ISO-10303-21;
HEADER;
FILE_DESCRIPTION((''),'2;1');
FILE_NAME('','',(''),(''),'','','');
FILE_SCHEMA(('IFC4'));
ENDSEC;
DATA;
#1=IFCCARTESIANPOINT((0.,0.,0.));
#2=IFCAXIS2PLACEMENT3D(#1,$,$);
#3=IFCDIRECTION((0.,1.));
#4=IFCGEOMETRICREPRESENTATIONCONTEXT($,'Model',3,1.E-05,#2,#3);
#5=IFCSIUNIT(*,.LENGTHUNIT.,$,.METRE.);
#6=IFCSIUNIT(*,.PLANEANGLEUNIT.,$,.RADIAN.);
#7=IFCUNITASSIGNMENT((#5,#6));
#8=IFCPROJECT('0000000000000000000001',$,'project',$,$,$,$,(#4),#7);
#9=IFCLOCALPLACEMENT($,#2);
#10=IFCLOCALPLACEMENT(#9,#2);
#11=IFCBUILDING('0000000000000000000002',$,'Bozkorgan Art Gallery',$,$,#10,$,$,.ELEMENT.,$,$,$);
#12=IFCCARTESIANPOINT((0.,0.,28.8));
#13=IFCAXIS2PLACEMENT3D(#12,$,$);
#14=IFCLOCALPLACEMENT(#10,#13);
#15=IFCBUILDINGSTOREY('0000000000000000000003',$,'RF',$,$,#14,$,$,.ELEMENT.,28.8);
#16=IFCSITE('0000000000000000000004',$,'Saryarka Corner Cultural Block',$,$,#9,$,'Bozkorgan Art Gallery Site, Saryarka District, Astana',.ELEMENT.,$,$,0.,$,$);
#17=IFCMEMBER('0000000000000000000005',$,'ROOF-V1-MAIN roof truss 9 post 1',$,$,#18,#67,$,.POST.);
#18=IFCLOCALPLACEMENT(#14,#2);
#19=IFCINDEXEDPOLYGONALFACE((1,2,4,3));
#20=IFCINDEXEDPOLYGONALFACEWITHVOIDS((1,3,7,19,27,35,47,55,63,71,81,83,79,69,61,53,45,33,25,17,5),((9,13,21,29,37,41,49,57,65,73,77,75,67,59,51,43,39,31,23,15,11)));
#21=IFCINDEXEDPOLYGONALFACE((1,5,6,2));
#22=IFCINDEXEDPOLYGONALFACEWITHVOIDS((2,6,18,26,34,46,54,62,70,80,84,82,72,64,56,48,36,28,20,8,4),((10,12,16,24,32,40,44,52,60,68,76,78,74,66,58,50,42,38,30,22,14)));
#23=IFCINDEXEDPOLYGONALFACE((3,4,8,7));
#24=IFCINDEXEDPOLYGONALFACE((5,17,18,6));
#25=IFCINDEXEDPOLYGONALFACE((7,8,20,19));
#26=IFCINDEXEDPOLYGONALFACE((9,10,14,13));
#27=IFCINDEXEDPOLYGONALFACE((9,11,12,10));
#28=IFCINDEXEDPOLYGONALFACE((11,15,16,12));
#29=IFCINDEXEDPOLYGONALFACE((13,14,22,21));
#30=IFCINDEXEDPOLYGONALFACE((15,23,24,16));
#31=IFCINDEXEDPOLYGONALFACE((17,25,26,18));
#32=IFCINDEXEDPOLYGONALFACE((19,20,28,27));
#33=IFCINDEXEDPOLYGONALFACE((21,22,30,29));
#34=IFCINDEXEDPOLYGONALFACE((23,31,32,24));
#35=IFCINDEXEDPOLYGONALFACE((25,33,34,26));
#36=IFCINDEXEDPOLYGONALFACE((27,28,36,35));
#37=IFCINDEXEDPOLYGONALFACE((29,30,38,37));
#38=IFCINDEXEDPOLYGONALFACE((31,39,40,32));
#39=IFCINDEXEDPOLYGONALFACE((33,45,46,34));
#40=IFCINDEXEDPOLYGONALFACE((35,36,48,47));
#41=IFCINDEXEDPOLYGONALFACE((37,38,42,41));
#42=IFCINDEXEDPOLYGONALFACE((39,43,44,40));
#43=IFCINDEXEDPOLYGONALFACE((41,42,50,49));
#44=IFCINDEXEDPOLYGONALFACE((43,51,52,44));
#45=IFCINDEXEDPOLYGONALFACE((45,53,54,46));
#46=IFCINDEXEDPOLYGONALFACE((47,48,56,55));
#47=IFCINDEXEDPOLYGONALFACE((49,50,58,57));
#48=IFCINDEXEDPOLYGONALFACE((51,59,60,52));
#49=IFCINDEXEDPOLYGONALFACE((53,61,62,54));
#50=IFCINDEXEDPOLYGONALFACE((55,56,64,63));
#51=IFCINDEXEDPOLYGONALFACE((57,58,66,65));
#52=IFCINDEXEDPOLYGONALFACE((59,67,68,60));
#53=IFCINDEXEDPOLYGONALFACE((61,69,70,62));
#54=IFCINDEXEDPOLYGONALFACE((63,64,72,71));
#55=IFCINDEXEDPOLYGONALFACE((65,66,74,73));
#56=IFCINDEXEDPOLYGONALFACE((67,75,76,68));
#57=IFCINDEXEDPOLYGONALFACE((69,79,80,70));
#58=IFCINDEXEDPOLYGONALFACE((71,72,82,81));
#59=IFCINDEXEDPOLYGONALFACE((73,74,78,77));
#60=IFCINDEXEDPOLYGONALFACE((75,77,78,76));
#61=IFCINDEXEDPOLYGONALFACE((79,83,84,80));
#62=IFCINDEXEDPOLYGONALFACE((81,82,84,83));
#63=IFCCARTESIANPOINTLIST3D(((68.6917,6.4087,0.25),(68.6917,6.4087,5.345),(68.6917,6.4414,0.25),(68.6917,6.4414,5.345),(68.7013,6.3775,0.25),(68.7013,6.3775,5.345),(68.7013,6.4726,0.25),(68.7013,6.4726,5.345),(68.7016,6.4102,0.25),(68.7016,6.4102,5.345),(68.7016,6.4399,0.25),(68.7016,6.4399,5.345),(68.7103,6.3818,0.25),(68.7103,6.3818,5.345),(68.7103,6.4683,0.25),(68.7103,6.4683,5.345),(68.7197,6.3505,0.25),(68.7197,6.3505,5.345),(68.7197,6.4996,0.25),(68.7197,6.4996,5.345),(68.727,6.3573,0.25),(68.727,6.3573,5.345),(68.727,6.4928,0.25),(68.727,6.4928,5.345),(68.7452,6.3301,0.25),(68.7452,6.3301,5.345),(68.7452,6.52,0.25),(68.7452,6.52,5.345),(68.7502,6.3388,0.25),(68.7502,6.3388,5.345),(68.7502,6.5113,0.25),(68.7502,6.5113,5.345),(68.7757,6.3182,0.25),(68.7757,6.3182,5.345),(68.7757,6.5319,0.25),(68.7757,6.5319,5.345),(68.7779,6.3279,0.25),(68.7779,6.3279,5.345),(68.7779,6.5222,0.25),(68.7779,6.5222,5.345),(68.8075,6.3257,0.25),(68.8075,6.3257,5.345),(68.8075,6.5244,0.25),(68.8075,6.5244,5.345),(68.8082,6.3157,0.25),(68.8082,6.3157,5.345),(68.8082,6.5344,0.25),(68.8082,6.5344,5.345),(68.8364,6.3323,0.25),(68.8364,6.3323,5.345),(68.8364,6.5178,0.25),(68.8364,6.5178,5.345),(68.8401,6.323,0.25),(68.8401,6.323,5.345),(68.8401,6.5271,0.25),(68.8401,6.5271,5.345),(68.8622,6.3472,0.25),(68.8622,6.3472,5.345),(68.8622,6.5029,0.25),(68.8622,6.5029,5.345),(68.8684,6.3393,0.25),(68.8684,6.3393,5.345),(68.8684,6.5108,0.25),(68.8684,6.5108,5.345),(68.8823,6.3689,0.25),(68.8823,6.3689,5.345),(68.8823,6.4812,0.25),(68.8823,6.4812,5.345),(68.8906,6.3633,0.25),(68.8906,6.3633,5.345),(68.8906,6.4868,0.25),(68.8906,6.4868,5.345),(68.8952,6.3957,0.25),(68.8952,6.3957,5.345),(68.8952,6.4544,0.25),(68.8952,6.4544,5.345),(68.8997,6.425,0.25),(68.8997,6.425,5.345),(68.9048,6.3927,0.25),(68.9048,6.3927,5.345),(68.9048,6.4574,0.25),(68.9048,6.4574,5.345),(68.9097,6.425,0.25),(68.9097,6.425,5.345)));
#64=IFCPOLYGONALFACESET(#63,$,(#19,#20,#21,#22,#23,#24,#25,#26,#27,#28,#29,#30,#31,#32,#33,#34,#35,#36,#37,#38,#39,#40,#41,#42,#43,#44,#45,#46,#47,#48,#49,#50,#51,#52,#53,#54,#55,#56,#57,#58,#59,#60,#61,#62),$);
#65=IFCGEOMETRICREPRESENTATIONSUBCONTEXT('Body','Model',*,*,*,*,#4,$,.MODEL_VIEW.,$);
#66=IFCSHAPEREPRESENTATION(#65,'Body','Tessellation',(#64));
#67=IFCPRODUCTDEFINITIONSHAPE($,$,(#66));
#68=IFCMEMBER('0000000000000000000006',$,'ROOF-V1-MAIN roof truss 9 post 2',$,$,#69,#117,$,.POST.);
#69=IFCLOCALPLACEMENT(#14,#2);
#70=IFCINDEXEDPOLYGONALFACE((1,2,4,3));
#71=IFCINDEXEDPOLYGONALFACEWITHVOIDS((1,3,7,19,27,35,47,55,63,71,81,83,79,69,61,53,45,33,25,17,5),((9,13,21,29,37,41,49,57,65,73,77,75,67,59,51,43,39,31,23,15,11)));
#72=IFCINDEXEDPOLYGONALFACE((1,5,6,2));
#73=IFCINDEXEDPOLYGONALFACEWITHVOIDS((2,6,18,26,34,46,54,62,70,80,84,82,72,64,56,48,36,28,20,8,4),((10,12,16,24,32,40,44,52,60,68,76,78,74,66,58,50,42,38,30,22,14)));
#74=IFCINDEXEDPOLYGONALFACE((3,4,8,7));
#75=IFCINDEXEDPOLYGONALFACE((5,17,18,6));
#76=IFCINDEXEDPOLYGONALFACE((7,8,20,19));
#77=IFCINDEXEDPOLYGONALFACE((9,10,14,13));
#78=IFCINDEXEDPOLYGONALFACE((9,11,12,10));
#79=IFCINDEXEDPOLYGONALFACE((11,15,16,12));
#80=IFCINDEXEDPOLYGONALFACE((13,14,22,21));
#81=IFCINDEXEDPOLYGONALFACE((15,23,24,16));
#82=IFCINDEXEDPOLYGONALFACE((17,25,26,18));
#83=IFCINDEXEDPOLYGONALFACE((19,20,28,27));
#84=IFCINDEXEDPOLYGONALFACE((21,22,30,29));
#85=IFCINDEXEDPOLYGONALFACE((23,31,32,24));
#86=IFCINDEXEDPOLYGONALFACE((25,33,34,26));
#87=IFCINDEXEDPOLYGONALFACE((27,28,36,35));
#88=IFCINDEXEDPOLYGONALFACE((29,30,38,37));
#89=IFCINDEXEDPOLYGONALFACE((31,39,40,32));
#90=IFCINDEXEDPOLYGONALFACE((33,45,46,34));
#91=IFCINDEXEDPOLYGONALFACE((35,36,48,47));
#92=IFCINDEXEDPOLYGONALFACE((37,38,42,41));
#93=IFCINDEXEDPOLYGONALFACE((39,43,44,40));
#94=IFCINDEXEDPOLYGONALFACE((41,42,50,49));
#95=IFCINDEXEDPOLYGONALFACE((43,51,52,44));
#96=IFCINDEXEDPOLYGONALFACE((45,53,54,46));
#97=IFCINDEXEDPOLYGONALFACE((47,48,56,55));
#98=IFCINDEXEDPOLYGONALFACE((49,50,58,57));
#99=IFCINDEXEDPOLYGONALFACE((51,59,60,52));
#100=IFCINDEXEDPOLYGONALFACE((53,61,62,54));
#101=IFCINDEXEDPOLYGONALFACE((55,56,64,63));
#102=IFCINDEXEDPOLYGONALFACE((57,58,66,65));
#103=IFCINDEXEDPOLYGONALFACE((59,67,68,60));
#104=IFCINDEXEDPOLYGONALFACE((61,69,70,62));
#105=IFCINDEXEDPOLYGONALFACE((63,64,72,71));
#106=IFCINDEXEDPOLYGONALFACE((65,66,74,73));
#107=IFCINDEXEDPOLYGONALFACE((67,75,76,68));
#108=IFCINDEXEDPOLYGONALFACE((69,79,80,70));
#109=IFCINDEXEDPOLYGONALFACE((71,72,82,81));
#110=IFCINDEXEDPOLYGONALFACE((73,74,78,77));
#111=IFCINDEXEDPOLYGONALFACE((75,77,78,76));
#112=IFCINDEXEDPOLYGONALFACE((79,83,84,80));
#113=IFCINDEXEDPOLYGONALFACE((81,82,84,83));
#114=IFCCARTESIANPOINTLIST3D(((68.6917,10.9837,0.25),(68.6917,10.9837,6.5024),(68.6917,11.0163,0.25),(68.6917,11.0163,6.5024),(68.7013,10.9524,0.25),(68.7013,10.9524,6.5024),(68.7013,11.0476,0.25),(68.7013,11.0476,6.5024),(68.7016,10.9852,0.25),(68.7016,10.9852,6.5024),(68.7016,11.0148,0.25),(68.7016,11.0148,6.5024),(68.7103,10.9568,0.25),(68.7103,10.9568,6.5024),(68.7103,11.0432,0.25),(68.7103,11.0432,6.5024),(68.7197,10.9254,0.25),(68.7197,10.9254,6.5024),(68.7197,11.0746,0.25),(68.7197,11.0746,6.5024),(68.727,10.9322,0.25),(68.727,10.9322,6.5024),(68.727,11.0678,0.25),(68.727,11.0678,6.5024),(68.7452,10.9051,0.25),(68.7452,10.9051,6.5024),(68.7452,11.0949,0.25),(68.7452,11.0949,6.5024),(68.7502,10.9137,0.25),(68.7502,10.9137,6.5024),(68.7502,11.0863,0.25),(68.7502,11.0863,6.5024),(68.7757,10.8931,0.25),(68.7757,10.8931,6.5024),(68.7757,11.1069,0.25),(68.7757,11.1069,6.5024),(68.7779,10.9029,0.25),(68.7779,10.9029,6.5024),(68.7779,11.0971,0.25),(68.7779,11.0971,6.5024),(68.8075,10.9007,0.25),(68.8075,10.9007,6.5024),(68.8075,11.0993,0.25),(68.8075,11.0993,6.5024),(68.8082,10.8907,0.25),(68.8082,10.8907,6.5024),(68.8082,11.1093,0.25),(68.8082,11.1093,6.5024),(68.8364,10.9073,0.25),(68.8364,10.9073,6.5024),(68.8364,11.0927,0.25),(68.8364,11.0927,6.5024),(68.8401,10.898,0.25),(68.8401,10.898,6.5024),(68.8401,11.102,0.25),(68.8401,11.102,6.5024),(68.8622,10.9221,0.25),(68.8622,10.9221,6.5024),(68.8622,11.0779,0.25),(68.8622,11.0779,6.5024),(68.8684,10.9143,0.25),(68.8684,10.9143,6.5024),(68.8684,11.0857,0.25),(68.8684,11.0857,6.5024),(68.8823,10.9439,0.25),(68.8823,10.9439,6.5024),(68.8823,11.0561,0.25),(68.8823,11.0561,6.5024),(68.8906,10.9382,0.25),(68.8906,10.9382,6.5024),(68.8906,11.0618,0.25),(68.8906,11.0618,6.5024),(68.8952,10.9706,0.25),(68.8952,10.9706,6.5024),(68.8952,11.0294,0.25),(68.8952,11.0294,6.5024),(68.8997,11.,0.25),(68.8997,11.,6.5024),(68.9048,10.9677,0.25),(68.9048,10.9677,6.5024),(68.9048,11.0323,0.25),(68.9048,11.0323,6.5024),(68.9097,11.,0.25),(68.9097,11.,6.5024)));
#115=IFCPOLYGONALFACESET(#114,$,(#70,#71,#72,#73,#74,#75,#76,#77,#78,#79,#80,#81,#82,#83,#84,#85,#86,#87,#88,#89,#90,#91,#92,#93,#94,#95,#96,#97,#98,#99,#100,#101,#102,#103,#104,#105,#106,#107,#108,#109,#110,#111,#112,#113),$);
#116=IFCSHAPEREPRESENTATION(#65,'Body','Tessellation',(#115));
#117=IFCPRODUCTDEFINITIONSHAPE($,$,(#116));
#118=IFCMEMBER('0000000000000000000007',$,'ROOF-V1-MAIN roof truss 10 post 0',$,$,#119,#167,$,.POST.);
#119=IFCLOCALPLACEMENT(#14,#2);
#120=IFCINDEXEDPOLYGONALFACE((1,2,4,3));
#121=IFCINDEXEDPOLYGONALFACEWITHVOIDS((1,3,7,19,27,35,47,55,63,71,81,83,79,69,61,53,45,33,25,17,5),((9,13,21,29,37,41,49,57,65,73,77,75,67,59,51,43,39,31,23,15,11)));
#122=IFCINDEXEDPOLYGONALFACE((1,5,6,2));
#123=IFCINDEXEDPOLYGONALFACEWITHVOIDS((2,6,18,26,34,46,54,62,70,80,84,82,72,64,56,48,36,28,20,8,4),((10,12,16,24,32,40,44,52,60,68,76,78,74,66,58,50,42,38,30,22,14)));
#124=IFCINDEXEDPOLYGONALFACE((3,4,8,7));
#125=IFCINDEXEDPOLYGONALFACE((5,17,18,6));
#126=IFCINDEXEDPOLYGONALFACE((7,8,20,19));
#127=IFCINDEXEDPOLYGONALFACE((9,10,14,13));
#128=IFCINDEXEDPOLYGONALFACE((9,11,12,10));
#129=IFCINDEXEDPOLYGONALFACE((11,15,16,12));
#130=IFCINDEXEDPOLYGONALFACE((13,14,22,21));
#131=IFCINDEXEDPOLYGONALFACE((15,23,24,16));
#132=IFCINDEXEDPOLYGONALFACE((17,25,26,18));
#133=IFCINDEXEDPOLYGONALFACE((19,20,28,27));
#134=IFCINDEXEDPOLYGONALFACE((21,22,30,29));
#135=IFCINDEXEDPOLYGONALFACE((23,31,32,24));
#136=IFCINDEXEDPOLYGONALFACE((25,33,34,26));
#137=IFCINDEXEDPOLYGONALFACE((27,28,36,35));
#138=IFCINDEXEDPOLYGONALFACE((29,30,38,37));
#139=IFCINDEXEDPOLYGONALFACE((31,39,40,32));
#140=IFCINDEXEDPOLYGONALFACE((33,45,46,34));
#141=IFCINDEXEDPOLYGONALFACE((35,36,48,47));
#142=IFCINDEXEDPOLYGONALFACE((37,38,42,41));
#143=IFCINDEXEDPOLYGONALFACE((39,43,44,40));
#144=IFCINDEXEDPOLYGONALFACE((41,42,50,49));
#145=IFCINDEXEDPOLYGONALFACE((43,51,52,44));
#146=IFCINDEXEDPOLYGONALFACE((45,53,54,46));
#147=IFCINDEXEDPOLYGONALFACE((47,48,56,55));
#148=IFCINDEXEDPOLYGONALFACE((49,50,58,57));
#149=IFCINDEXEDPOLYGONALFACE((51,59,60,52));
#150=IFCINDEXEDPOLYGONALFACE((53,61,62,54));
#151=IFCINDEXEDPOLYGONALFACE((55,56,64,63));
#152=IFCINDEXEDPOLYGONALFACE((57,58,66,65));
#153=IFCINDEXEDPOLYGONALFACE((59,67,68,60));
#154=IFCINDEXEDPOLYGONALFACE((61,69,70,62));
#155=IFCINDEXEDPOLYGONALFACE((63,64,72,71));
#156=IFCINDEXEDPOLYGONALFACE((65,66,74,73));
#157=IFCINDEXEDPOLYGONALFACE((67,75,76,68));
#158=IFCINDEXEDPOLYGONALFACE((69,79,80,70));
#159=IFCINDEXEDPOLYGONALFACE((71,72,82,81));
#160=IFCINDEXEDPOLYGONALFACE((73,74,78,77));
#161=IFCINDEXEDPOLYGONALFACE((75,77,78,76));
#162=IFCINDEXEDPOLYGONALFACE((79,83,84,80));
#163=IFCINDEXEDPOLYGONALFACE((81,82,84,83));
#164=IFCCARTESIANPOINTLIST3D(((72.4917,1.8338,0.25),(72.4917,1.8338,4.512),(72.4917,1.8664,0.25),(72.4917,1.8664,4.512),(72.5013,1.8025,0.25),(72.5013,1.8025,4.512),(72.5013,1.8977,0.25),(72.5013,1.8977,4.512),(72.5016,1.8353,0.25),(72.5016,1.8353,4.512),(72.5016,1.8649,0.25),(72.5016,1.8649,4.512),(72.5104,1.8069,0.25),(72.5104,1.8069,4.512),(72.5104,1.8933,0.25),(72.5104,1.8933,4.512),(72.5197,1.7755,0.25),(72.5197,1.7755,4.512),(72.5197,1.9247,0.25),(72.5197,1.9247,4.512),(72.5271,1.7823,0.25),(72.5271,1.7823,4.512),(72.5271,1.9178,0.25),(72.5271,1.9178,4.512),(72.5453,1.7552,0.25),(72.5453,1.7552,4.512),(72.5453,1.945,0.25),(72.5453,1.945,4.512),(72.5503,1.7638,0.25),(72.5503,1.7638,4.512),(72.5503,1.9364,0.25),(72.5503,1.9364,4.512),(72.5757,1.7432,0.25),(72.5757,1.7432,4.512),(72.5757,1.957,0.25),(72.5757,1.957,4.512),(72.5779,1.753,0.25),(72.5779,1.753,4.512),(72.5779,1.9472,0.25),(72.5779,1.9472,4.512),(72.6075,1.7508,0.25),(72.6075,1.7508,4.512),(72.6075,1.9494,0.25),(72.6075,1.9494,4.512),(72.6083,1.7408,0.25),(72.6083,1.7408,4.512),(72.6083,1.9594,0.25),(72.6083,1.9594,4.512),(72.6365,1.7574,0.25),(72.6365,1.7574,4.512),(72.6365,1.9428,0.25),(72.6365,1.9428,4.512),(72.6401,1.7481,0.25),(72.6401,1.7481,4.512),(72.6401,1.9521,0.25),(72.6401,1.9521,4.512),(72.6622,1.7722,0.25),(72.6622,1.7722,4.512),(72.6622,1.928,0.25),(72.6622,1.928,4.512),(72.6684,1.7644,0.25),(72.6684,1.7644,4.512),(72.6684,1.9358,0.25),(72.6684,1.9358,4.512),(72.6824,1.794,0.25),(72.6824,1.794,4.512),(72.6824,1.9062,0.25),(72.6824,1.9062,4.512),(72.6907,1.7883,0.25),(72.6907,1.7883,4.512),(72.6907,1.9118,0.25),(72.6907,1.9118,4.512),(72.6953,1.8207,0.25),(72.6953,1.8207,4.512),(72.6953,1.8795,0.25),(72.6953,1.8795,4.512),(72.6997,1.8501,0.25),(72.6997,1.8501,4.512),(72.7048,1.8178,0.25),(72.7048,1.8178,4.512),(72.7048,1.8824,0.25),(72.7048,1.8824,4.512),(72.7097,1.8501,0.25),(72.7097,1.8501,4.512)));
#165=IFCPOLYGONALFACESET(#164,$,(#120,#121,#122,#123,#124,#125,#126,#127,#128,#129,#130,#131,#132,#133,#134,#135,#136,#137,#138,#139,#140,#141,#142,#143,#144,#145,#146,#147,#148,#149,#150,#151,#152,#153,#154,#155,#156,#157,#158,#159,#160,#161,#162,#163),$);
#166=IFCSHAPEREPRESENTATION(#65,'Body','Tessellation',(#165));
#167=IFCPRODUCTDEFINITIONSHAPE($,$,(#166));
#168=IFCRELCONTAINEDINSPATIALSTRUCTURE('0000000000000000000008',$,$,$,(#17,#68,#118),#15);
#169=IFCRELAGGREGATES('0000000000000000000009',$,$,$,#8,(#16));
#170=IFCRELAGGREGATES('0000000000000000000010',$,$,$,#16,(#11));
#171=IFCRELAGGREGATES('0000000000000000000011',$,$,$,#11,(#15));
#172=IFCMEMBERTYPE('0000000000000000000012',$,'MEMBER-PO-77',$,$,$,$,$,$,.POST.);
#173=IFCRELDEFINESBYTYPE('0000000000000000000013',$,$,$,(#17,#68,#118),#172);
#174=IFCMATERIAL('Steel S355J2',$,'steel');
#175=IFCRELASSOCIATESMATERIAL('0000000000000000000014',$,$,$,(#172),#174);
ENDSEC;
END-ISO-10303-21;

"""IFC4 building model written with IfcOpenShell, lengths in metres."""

from ifc_helpers import new_model, si_unit, direction, frame, origin, origin_2d, place, context, subcontext, project, spatial, hollow_circle, extrude, material, material_profile, profile_set, type_object, element, save


model = new_model("IFC4")

# Units and contexts
model_context = context("Model", 3, precision=1e-05, world=origin(), true_north=direction((0.0, 1.0)))
body_context = subcontext(model_context, "Body", "Model", "MODEL_VIEW")
ifc_project = project(units=[si_unit("LENGTHUNIT", "METRE"), si_unit("PLANEANGLEUNIT", "RADIAN")], contexts=[model_context])

# Site, building, storey
site_placement = place(None, origin())
site = spatial("IfcSite", under=ifc_project, at=site_placement, Name="Saryarka Corner Cultural Block", LongName="Bozkorgan Art Gallery Site, Saryarka District, Astana", CompositionType="ELEMENT", RefElevation=0.0)
building_placement = place(site_placement, origin())
building = spatial("IfcBuilding", under=site, at=building_placement, Name="Bozkorgan Art Gallery", CompositionType="ELEMENT")
storey_placement = place(building_placement, frame((0.0, 0.0, 28.8)))
storey = spatial("IfcBuildingStorey", under=building, at=storey_placement, Name="RF", CompositionType="ELEMENT", Elevation=28.8)

# Shared definitions
ifc_material_1 = material(Name="Steel S355J2", Category="steel")

# Members
ifc_material_profile_1 = material_profile(ifc_material_1, hollow_circle(Radius=0.1096, WallThickness=0.01, at=origin_2d()), Name="CHS 219.1x10")
ifc_profile_set_1 = profile_set([ifc_material_profile_1], Name="Steel S355J2")
member_type_1 = type_object("IfcMemberType", Name="MEMBER-PO-77", PredefinedType="POST", material=ifc_profile_set_1)
member_1_placement = place(storey_placement, frame((68.8, 6.425, 0.25), z_axis=(0.0, 0.0, 1.0), x_axis=(1.0, 0.0, 0.0)))
element("IfcMember", 1, at=member_1_placement, inside=storey, type_object=member_type_1, Name="ROOF-V1-MAIN roof truss 9 post 1", PredefinedType="POST", context=body_context, shape_type="SweptSolid", body=[
    extrude(hollow_circle(Radius=0.1096, WallThickness=0.01, at=origin_2d()), origin(), (0.0, 0.0, 1.0), 5.095),
])
member_2_placement = place(storey_placement, frame((68.8, 11.0, 0.25), z_axis=(0.0, 0.0, 1.0), x_axis=(1.0, 0.0, 0.0)))
element("IfcMember", 2, at=member_2_placement, inside=storey, type_object=member_type_1, Name="ROOF-V1-MAIN roof truss 9 post 2", PredefinedType="POST", context=body_context, shape_type="SweptSolid", body=[
    extrude(hollow_circle(Radius=0.1096, WallThickness=0.01, at=origin_2d()), origin(), (0.0, 0.0, 1.0), 6.2524),
])
member_3_placement = place(storey_placement, frame((72.6001, 1.8501, 0.25), z_axis=(0.0, 0.0, 1.0), x_axis=(1.0, 0.0, 0.0)))
element("IfcMember", 3, at=member_3_placement, inside=storey, type_object=member_type_1, Name="ROOF-V1-MAIN roof truss 10 post 0", PredefinedType="POST", context=body_context, shape_type="SweptSolid", body=[
    extrude(hollow_circle(Radius=0.1096, WallThickness=0.01, at=origin_2d()), origin(), (0.0, 0.0, 1.0), 4.262),
])

save(model, "model.ifc")
